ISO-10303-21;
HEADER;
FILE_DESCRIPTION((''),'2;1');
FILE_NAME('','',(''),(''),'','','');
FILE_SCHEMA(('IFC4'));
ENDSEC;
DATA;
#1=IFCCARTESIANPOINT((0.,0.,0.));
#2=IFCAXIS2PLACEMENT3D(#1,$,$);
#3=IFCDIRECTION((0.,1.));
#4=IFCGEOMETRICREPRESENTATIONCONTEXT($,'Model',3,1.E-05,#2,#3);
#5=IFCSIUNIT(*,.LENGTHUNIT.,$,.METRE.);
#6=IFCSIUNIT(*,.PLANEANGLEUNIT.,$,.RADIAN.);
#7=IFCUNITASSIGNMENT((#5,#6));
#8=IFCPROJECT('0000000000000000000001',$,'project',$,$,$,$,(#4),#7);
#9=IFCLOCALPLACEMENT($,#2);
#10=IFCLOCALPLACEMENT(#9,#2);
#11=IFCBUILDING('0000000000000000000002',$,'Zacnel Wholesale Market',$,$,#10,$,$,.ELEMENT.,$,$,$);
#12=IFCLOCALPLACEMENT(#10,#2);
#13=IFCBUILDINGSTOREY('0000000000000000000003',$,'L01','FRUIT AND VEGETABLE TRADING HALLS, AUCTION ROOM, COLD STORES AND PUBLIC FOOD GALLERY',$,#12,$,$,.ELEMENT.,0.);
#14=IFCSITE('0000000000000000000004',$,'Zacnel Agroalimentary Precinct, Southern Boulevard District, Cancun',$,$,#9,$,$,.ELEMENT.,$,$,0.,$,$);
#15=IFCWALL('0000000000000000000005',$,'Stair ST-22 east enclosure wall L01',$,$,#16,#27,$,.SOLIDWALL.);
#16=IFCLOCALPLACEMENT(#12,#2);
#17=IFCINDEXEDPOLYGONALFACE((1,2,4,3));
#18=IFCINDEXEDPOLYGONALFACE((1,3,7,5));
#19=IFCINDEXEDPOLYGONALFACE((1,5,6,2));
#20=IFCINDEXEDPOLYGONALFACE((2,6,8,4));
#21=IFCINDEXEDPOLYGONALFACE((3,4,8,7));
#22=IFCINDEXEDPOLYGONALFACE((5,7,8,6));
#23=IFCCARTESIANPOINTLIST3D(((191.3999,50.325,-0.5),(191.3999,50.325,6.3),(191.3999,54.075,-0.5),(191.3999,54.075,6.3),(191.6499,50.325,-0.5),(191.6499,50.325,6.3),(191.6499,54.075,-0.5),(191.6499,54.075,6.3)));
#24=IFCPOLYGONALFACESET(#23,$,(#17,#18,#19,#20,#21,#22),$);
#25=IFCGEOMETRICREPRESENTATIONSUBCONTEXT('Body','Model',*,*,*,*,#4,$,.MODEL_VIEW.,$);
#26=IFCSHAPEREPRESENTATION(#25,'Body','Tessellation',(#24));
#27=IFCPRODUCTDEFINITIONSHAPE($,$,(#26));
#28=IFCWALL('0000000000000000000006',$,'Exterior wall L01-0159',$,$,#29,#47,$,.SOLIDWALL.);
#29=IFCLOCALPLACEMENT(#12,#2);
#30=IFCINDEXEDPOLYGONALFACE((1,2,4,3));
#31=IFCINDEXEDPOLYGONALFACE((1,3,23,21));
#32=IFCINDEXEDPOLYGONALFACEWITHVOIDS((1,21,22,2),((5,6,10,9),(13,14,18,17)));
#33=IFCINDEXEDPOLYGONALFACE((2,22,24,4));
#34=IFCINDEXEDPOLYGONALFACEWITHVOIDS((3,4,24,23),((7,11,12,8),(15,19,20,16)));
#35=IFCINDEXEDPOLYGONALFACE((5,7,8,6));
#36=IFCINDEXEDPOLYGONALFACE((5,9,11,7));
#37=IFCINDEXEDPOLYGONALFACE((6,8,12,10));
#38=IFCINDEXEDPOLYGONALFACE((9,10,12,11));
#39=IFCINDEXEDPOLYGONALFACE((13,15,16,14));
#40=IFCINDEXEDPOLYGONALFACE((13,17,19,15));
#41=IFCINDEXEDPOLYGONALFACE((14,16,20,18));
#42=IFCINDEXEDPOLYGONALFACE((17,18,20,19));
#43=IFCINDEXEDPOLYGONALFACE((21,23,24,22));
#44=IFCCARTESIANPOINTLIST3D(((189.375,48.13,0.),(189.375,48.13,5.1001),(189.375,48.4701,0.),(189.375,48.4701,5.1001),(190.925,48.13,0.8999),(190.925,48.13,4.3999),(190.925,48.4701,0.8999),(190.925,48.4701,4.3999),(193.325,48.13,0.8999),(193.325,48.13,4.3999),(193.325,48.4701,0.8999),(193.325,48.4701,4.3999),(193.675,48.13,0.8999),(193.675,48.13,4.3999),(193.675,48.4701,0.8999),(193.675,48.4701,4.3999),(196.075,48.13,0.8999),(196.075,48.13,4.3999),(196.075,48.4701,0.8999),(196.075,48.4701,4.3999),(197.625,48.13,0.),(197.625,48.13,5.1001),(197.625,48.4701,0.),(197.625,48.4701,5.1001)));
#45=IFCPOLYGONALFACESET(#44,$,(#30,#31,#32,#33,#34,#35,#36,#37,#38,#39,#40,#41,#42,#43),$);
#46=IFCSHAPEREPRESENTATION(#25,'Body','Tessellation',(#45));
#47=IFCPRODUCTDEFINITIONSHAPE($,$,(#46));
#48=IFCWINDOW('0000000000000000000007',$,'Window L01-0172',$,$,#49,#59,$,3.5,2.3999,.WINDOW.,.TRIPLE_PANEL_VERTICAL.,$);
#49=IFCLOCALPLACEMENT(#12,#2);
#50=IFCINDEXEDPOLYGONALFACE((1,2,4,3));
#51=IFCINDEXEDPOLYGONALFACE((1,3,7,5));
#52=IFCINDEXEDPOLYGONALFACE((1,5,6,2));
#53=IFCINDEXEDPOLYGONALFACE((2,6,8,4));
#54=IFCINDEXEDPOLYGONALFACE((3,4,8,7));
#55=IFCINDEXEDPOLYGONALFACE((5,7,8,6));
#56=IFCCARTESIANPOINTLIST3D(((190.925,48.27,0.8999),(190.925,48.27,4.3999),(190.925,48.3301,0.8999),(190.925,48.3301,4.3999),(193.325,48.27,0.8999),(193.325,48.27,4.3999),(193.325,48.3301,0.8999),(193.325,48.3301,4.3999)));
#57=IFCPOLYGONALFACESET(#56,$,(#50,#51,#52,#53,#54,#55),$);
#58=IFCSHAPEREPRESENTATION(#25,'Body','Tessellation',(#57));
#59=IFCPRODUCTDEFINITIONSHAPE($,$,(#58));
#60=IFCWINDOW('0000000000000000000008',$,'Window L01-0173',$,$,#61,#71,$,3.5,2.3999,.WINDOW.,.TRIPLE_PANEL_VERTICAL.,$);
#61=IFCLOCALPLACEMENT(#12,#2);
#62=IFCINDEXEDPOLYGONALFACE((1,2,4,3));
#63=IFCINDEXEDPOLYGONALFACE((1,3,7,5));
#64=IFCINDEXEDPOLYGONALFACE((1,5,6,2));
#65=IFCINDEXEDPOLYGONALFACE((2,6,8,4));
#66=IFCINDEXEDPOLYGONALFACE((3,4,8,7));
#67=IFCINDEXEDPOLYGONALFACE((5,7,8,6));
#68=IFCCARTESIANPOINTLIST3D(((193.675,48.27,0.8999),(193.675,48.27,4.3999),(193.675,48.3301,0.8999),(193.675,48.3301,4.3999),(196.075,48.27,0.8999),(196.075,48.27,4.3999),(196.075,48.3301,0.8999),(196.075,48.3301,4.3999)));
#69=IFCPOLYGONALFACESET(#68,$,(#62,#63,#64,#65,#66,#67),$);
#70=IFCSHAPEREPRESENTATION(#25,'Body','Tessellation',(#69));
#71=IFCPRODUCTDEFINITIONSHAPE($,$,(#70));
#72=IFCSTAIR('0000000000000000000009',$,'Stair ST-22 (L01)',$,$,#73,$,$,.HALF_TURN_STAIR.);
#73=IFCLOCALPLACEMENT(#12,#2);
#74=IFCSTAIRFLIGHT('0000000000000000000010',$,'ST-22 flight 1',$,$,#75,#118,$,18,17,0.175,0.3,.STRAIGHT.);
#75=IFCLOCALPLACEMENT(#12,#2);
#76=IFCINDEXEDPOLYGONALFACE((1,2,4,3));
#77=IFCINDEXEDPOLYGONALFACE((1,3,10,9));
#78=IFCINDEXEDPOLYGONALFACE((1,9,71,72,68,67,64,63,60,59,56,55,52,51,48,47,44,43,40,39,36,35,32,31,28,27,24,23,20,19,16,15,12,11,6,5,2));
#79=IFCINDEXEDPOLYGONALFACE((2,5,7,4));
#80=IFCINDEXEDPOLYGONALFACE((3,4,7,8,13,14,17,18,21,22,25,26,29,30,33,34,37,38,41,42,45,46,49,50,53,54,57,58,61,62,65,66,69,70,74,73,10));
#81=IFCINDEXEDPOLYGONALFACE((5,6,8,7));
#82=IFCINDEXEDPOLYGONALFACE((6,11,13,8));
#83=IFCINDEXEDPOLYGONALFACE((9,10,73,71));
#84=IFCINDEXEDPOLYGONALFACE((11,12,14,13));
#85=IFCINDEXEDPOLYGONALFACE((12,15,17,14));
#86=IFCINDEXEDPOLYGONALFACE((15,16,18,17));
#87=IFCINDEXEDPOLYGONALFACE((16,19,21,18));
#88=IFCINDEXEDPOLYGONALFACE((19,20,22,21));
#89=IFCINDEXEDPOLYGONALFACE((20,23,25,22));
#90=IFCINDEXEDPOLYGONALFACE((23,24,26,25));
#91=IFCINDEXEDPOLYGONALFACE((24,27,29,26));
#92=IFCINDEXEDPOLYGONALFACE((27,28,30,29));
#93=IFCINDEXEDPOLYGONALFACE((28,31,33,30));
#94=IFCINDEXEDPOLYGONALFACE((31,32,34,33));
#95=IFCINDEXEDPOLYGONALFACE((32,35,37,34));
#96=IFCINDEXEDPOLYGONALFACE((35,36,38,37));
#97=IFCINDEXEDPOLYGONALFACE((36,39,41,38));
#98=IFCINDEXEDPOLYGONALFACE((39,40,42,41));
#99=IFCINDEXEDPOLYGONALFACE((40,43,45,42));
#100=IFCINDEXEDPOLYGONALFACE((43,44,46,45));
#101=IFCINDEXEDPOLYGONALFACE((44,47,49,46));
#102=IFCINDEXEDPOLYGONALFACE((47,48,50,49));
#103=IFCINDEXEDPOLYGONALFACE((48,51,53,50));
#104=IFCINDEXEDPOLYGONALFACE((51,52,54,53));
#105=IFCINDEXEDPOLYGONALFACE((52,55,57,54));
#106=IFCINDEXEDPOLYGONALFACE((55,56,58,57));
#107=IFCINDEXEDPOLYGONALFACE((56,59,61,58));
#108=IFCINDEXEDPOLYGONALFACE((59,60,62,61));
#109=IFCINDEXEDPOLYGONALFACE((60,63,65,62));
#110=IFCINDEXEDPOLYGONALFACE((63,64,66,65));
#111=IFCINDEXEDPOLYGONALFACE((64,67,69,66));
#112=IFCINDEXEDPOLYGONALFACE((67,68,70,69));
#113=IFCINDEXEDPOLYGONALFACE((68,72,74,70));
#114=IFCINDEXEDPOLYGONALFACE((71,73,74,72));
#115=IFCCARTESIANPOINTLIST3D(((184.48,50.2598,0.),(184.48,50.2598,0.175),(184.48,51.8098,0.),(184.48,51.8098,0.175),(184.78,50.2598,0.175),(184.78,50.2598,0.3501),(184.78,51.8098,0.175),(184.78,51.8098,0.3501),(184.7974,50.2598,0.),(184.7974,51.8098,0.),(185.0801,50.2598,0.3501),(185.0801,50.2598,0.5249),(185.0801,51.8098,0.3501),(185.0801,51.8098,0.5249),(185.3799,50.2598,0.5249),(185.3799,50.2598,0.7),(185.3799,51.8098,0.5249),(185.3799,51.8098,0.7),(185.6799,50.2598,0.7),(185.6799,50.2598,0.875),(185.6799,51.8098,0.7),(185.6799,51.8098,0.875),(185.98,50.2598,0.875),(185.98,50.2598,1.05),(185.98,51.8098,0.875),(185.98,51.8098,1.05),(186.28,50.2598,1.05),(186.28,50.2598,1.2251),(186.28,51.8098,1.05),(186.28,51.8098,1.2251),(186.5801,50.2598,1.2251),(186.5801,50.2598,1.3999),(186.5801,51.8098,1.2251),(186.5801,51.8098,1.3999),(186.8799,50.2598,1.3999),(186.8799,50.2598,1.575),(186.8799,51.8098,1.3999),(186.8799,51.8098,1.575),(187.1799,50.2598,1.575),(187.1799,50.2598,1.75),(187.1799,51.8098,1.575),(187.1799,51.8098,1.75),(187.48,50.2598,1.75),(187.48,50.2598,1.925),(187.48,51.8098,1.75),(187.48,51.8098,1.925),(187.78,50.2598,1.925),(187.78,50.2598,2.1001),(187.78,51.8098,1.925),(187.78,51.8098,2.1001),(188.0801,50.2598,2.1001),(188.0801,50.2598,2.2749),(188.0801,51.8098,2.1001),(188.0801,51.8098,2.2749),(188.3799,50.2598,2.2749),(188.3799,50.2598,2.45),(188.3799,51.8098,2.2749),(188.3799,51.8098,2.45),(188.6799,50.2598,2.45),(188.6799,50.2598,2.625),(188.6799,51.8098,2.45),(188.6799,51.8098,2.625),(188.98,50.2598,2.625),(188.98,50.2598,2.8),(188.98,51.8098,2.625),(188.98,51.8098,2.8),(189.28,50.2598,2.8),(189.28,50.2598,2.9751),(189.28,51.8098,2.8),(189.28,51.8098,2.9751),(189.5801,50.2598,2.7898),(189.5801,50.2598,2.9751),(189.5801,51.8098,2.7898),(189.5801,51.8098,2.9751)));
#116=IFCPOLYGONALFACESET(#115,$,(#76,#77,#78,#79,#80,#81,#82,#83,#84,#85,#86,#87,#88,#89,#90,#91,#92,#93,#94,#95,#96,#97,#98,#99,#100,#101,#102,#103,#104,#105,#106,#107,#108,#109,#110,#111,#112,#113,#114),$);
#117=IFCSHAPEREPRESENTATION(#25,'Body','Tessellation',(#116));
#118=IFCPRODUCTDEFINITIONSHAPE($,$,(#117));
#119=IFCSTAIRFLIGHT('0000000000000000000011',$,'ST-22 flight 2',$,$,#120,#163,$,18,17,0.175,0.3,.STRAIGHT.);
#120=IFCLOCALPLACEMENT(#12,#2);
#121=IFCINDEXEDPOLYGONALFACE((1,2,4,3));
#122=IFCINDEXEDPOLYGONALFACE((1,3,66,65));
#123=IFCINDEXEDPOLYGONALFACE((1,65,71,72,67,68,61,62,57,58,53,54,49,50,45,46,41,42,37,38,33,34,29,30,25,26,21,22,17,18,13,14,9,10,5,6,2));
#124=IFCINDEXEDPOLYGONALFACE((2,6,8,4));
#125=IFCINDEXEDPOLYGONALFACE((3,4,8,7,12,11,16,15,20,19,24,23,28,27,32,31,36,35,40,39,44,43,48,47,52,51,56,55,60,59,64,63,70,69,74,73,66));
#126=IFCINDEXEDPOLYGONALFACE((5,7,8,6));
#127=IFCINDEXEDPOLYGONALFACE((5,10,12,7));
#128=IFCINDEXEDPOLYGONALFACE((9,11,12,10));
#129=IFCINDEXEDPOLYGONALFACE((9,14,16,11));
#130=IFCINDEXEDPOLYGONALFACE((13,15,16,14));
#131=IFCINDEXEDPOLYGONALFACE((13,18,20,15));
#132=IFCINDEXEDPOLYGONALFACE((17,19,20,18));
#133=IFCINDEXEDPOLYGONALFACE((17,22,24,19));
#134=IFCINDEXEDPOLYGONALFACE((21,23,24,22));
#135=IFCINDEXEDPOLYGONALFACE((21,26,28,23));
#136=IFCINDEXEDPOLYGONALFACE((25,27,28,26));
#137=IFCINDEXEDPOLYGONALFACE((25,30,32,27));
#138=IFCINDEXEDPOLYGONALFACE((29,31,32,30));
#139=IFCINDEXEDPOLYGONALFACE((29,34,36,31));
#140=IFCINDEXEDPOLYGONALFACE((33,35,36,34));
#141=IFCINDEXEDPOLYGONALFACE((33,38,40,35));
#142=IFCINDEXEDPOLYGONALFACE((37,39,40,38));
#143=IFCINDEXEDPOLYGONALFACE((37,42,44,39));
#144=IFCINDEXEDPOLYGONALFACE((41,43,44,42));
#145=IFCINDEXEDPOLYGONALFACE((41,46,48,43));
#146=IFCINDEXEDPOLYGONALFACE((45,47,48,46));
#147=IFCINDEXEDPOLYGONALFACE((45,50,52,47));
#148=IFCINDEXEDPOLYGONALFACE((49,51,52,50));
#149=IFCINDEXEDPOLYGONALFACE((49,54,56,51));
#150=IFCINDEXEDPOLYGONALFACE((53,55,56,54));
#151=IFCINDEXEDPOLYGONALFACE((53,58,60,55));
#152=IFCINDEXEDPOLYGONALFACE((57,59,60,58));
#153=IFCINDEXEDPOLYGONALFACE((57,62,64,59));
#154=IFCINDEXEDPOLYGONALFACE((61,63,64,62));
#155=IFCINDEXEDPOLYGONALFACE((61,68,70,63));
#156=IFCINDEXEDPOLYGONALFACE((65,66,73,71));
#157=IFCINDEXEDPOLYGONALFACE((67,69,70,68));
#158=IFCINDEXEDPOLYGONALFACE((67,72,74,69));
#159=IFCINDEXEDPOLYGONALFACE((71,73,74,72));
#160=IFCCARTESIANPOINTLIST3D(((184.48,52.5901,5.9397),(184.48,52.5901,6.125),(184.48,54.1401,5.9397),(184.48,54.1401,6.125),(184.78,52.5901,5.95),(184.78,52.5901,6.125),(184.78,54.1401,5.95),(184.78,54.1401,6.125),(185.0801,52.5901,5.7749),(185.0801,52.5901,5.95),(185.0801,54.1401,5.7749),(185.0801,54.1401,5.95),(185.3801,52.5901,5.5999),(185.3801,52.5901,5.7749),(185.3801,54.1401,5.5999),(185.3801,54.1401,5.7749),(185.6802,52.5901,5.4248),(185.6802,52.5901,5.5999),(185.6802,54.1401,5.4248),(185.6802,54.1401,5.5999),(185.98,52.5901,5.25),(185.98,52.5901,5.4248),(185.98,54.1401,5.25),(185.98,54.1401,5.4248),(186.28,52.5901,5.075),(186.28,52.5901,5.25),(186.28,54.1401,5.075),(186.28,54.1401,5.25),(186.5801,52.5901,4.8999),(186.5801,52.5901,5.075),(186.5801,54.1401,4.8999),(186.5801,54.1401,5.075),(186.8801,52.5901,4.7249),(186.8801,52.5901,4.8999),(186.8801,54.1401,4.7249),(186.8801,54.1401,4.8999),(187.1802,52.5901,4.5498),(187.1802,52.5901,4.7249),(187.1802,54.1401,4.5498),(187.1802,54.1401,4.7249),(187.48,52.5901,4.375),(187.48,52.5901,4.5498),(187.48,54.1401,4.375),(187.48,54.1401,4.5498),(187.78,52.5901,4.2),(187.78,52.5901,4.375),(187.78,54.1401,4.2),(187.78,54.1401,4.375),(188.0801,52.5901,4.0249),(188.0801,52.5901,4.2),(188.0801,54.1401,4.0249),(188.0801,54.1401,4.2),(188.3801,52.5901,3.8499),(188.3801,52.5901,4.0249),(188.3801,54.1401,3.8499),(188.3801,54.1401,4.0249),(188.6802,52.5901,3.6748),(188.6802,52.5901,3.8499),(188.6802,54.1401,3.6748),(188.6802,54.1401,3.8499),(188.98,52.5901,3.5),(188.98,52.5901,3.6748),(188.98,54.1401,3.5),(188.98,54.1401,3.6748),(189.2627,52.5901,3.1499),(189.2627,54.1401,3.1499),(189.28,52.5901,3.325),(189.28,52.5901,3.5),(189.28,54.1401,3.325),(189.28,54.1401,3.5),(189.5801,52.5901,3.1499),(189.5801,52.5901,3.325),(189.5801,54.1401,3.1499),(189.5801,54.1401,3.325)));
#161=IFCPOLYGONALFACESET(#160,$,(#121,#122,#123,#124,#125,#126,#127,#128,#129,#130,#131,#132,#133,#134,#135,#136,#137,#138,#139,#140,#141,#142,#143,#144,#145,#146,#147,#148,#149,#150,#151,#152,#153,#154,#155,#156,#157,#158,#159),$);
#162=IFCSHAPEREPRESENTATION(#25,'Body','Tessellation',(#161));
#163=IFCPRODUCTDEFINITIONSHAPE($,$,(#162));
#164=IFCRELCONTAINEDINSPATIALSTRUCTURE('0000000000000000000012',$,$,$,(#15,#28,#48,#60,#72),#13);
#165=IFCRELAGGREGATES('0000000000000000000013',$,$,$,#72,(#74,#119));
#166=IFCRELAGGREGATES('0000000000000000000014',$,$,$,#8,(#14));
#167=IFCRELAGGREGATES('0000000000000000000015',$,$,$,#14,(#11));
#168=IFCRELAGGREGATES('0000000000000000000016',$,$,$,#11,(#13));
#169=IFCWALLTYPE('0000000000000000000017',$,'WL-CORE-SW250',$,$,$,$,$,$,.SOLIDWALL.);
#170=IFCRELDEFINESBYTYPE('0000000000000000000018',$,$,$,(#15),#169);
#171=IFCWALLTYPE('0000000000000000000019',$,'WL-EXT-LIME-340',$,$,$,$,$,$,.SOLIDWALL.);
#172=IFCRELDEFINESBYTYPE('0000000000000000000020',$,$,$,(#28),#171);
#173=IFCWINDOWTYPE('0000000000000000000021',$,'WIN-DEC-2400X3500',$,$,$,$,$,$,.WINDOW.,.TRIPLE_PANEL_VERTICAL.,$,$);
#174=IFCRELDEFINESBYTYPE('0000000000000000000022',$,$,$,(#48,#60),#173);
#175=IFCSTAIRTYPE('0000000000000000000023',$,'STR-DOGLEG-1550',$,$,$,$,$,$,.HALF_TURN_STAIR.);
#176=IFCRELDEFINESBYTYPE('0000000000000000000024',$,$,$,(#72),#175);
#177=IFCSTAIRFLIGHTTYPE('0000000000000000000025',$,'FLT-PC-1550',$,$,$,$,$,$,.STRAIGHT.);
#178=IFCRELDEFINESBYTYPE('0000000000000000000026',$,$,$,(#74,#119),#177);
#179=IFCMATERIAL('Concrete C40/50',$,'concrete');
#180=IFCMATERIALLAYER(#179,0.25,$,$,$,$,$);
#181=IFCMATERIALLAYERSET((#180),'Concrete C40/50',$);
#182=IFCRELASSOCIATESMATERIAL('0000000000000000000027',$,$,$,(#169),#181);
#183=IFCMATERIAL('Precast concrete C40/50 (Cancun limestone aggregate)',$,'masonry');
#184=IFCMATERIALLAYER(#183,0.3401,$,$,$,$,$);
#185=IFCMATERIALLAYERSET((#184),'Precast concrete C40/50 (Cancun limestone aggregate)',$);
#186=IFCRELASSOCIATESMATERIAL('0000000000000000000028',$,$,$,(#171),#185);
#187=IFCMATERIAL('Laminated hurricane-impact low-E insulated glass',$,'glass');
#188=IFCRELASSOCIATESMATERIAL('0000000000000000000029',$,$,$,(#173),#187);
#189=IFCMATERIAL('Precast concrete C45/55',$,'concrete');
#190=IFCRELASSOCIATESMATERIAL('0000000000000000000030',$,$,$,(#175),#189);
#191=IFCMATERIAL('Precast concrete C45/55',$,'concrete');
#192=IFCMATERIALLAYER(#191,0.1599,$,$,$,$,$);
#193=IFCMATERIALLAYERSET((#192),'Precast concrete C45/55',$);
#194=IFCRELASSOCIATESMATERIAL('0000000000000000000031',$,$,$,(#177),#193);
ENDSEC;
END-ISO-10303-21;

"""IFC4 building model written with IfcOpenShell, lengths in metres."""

from ifc_helpers import new_model, si_unit, direction, frame, frame_2d, origin, place, context, subcontext, project, spatial, polyline, rectangle, outline, extrude, material, layer, layer_set, type_object, element, fill, aggregate, save


model = new_model("IFC4")

# Units and contexts
model_context = context("Model", 3, precision=1e-05, world=origin(), true_north=direction((0.0, 1.0)))
body_context = subcontext(model_context, "Body", "Model", "MODEL_VIEW")
ifc_project = project(units=[si_unit("LENGTHUNIT", "METRE"), si_unit("PLANEANGLEUNIT", "RADIAN")], contexts=[model_context])

# Site, building, storey
site_placement = place(None, origin())
site = spatial("IfcSite", under=ifc_project, at=site_placement, Name="Zacnel Agroalimentary Precinct, Southern Boulevard District, Cancun", CompositionType="ELEMENT", RefElevation=0.0)
building_placement = place(site_placement, origin())
building = spatial("IfcBuilding", under=site, at=building_placement, Name="Zacnel Wholesale Market", CompositionType="ELEMENT")
storey_placement = place(building_placement, origin())
storey = spatial("IfcBuildingStorey", under=building, at=storey_placement, Name="L01", Description="FRUIT AND VEGETABLE TRADING HALLS, AUCTION ROOM, COLD STORES AND PUBLIC FOOD GALLERY", CompositionType="ELEMENT", Elevation=0.0)

# Wall
ifc_material_1 = material(Name="Concrete C40/50", Category="concrete")
ifc_layer_1 = layer(ifc_material_1, 0.25)
ifc_layer_set_1 = layer_set([ifc_layer_1], Name="Concrete C40/50")
wall_type_1 = type_object("IfcWallType", Name="WL-CORE-SW250", PredefinedType="SOLIDWALL", material=ifc_layer_set_1)
wall_1_placement = place(storey_placement, frame((191.5249, 50.325, -0.5), z_axis=(0.0, 0.0, 1.0), x_axis=(0.0, 1.0, 0.0)))
element("IfcWall", 1, at=wall_1_placement, inside=storey, type_object=wall_type_1, Name="Stair ST-22 east enclosure wall L01", PredefinedType="SOLIDWALL", context=body_context, shape_type="SweptSolid", body=[
    extrude(rectangle(XDim=3.75, YDim=0.25, at=frame_2d((1.875, 0.0))), origin(), (0.0, 0.0, 1.0), 6.8),
])

# Wall, openings, windows
ifc_material_2 = material(Name="Precast concrete C40/50 (Cancun limestone aggregate)", Category="masonry")
ifc_layer_2 = layer(ifc_material_2, 0.3401)
ifc_layer_set_2 = layer_set([ifc_layer_2], Name="Precast concrete C40/50 (Cancun limestone aggregate)")
wall_type_2 = type_object("IfcWallType", Name="WL-EXT-LIME-340", PredefinedType="SOLIDWALL", material=ifc_layer_set_2)
wall_2_placement = place(storey_placement, frame((189.375, 48.3, 0.0), z_axis=(0.0, 0.0, 1.0), x_axis=(1.0, 0.0, 0.0)))
wall_2 = element("IfcWall", 2, at=wall_2_placement, inside=storey, type_object=wall_type_2, Name="Exterior wall L01-0159", PredefinedType="SOLIDWALL", context=body_context, shape_type="SweptSolid", body=[
    extrude(rectangle(XDim=8.25, YDim=0.3401, at=frame_2d((4.125, 0.0))), origin(), (0.0, 0.0, 1.0), 5.1001),
])
opening_1_placement = place(wall_2_placement, frame((1.55, 0.0, 0.8999)))
opening_1 = element("IfcOpeningElement", 3, at=opening_1_placement, cuts=wall_2, PredefinedType="OPENING", context=body_context, shape_type="SweptSolid", body=[
    extrude(rectangle(XDim=2.3999, YDim=3.5, at=frame_2d((1.2, 1.75))), frame((0.0, 0.1799, 0.0), z_axis=(0.0, -1.0, 0.0), x_axis=(1.0, 0.0, 0.0)), (0.0, 0.0, 1.0), 0.3601),
])
opening_2_placement = place(wall_2_placement, frame((4.3, 0.0, 0.8999)))
opening_2 = element("IfcOpeningElement", 4, at=opening_2_placement, cuts=wall_2, PredefinedType="OPENING", context=body_context, shape_type="SweptSolid", body=[
    extrude(rectangle(XDim=2.3999, YDim=3.5, at=frame_2d((1.2, 1.75))), frame((0.0, 0.1799, 0.0), z_axis=(0.0, -1.0, 0.0), x_axis=(1.0, 0.0, 0.0)), (0.0, 0.0, 1.0), 0.3601),
])
ifc_material_3 = material(Name="Laminated hurricane-impact low-E insulated glass", Category="glass")
window_type = type_object("IfcWindowType", Name="WIN-DEC-2400X3500", PartitioningType="TRIPLE_PANEL_VERTICAL", PredefinedType="WINDOW", material=ifc_material_3)
window_1_placement = place(opening_1_placement, origin())
window_1 = element("IfcWindow", 5, at=window_1_placement, inside=storey, type_object=window_type, Name="Window L01-0172", OverallHeight=3.5, OverallWidth=2.3999, PartitioningType="TRIPLE_PANEL_VERTICAL", PredefinedType="WINDOW", context=body_context, shape_type="SweptSolid", body=[
    extrude(rectangle(XDim=2.3999, YDim=3.5, at=frame_2d((1.2, 1.75))), frame((0.0, 0.03, 0.0), z_axis=(0.0, -1.0, 0.0), x_axis=(1.0, 0.0, 0.0)), (0.0, 0.0, 1.0), 0.0601),
])
fill(opening_1, window_1)
window_2_placement = place(opening_2_placement, origin())
window_2 = element("IfcWindow", 6, at=window_2_placement, inside=storey, type_object=window_type, Name="Window L01-0173", OverallHeight=3.5, OverallWidth=2.3999, PartitioningType="TRIPLE_PANEL_VERTICAL", PredefinedType="WINDOW", context=body_context, shape_type="SweptSolid", body=[
    extrude(rectangle(XDim=2.3999, YDim=3.5, at=frame_2d((1.2, 1.75))), frame((0.0, 0.03, 0.0), z_axis=(0.0, -1.0, 0.0), x_axis=(1.0, 0.0, 0.0)), (0.0, 0.0, 1.0), 0.0601),
])
fill(opening_2, window_2)

# Stair, stair flights
ifc_material_4 = material(Name="Precast concrete C45/55", Category="concrete")
stair_type = type_object("IfcStairType", Name="STR-DOGLEG-1550", PredefinedType="HALF_TURN_STAIR", material=ifc_material_4)
stair_placement = place(storey_placement, origin())
stair = element("IfcStair", 7, at=stair_placement, inside=storey, type_object=stair_type, Name="Stair ST-22 (L01)", PredefinedType="HALF_TURN_STAIR")
ifc_material_5 = material(Name="Precast concrete C45/55", Category="concrete")
ifc_layer_3 = layer(ifc_material_5, 0.1599)
ifc_layer_set_3 = layer_set([ifc_layer_3], Name="Precast concrete C45/55")
stair_flight_type = type_object("IfcStairFlightType", Name="FLT-PC-1550", PredefinedType="STRAIGHT", material=ifc_layer_set_3)
stair_flight_1_placement = place(storey_placement, frame((184.48, 51.0349, 0.0), z_axis=(0.0, 0.0, 1.0), x_axis=(1.0, 0.0, 0.0)))
stair_flight_1 = element("IfcStairFlight", 8, at=stair_flight_1_placement, type_object=stair_flight_type, Name="ST-22 flight 1", NumberOfRisers=18, NumberOfTreads=17, PredefinedType="STRAIGHT", RiserHeight=0.175, TreadLength=0.3, context=body_context, shape_type="SweptSolid", body=[
    extrude(outline(polyline([(0.0, 0.0), (0.0, 0.175), (0.3, 0.175), (0.3, 0.3501), (0.6001, 0.3501), (0.6001, 0.5249), (0.8999, 0.5249), (0.8999, 0.7), (1.2, 0.7), (1.2, 0.875), (1.5, 0.875), (1.5, 1.05), (1.8, 1.05), (1.8, 1.2251), (2.1001, 1.2251), (2.1001, 1.3999), (2.3999, 1.3999), (2.3999, 1.575), (2.7, 1.575), (2.7, 1.75), (3.0, 1.75), (3.0, 1.925), (3.3, 1.925), (3.3, 2.1001), (3.6001, 2.1001), (3.6001, 2.2749), (3.8999, 2.2749), (3.8999, 2.45), (4.2, 2.45), (4.2, 2.625), (4.5, 2.625), (4.5, 2.8), (4.8, 2.8), (4.8, 2.9751), (5.1001, 2.9751), (5.1001, 3.1499), (5.1001, 2.7898), (0.3174, 0.0), (0.0, 0.0)])), frame((0.0, 0.7749, 0.0), z_axis=(0.0, -1.0, 0.0), x_axis=(1.0, 0.0, 0.0)), (0.0, 0.0, 1.0), 1.55),
])
stair_flight_2_placement = place(storey_placement, frame((189.5801, 53.365, 3.1499), z_axis=(0.0, 0.0, 1.0), x_axis=(-1.0, 0.0, 0.0)))
stair_flight_2 = element("IfcStairFlight", 9, at=stair_flight_2_placement, type_object=stair_flight_type, Name="ST-22 flight 2", NumberOfRisers=18, NumberOfTreads=17, PredefinedType="STRAIGHT", RiserHeight=0.175, TreadLength=0.3, context=body_context, shape_type="SweptSolid", body=[
    extrude(outline(polyline([(0.0, 0.0), (0.0, 0.175), (0.3, 0.175), (0.3, 0.3501), (0.6001, 0.3501), (0.6001, 0.5249), (0.8999, 0.5249), (0.8999, 0.7), (1.2, 0.7), (1.2, 0.875), (1.5, 0.875), (1.5, 1.05), (1.8, 1.05), (1.8, 1.2251), (2.1001, 1.2251), (2.1001, 1.3999), (2.3999, 1.3999), (2.3999, 1.575), (2.7, 1.575), (2.7, 1.75), (3.0, 1.75), (3.0, 1.925), (3.3, 1.925), (3.3, 2.1001), (3.6001, 2.1001), (3.6001, 2.2749), (3.8999, 2.2749), (3.8999, 2.45), (4.2, 2.45), (4.2, 2.625), (4.5, 2.625), (4.5, 2.8), (4.8, 2.8), (4.8, 2.9751), (5.1001, 2.9751), (5.1001, 3.1499), (5.1001, 2.7898), (0.3174, 0.0), (0.0, 0.0)])), frame((0.0, 0.7749, 0.0), z_axis=(0.0, -1.0, 0.0), x_axis=(1.0, 0.0, 0.0)), (0.0, 0.0, 1.0), 1.55),
])
aggregate(stair, [stair_flight_1, stair_flight_2])

save(model, "model.ifc")
